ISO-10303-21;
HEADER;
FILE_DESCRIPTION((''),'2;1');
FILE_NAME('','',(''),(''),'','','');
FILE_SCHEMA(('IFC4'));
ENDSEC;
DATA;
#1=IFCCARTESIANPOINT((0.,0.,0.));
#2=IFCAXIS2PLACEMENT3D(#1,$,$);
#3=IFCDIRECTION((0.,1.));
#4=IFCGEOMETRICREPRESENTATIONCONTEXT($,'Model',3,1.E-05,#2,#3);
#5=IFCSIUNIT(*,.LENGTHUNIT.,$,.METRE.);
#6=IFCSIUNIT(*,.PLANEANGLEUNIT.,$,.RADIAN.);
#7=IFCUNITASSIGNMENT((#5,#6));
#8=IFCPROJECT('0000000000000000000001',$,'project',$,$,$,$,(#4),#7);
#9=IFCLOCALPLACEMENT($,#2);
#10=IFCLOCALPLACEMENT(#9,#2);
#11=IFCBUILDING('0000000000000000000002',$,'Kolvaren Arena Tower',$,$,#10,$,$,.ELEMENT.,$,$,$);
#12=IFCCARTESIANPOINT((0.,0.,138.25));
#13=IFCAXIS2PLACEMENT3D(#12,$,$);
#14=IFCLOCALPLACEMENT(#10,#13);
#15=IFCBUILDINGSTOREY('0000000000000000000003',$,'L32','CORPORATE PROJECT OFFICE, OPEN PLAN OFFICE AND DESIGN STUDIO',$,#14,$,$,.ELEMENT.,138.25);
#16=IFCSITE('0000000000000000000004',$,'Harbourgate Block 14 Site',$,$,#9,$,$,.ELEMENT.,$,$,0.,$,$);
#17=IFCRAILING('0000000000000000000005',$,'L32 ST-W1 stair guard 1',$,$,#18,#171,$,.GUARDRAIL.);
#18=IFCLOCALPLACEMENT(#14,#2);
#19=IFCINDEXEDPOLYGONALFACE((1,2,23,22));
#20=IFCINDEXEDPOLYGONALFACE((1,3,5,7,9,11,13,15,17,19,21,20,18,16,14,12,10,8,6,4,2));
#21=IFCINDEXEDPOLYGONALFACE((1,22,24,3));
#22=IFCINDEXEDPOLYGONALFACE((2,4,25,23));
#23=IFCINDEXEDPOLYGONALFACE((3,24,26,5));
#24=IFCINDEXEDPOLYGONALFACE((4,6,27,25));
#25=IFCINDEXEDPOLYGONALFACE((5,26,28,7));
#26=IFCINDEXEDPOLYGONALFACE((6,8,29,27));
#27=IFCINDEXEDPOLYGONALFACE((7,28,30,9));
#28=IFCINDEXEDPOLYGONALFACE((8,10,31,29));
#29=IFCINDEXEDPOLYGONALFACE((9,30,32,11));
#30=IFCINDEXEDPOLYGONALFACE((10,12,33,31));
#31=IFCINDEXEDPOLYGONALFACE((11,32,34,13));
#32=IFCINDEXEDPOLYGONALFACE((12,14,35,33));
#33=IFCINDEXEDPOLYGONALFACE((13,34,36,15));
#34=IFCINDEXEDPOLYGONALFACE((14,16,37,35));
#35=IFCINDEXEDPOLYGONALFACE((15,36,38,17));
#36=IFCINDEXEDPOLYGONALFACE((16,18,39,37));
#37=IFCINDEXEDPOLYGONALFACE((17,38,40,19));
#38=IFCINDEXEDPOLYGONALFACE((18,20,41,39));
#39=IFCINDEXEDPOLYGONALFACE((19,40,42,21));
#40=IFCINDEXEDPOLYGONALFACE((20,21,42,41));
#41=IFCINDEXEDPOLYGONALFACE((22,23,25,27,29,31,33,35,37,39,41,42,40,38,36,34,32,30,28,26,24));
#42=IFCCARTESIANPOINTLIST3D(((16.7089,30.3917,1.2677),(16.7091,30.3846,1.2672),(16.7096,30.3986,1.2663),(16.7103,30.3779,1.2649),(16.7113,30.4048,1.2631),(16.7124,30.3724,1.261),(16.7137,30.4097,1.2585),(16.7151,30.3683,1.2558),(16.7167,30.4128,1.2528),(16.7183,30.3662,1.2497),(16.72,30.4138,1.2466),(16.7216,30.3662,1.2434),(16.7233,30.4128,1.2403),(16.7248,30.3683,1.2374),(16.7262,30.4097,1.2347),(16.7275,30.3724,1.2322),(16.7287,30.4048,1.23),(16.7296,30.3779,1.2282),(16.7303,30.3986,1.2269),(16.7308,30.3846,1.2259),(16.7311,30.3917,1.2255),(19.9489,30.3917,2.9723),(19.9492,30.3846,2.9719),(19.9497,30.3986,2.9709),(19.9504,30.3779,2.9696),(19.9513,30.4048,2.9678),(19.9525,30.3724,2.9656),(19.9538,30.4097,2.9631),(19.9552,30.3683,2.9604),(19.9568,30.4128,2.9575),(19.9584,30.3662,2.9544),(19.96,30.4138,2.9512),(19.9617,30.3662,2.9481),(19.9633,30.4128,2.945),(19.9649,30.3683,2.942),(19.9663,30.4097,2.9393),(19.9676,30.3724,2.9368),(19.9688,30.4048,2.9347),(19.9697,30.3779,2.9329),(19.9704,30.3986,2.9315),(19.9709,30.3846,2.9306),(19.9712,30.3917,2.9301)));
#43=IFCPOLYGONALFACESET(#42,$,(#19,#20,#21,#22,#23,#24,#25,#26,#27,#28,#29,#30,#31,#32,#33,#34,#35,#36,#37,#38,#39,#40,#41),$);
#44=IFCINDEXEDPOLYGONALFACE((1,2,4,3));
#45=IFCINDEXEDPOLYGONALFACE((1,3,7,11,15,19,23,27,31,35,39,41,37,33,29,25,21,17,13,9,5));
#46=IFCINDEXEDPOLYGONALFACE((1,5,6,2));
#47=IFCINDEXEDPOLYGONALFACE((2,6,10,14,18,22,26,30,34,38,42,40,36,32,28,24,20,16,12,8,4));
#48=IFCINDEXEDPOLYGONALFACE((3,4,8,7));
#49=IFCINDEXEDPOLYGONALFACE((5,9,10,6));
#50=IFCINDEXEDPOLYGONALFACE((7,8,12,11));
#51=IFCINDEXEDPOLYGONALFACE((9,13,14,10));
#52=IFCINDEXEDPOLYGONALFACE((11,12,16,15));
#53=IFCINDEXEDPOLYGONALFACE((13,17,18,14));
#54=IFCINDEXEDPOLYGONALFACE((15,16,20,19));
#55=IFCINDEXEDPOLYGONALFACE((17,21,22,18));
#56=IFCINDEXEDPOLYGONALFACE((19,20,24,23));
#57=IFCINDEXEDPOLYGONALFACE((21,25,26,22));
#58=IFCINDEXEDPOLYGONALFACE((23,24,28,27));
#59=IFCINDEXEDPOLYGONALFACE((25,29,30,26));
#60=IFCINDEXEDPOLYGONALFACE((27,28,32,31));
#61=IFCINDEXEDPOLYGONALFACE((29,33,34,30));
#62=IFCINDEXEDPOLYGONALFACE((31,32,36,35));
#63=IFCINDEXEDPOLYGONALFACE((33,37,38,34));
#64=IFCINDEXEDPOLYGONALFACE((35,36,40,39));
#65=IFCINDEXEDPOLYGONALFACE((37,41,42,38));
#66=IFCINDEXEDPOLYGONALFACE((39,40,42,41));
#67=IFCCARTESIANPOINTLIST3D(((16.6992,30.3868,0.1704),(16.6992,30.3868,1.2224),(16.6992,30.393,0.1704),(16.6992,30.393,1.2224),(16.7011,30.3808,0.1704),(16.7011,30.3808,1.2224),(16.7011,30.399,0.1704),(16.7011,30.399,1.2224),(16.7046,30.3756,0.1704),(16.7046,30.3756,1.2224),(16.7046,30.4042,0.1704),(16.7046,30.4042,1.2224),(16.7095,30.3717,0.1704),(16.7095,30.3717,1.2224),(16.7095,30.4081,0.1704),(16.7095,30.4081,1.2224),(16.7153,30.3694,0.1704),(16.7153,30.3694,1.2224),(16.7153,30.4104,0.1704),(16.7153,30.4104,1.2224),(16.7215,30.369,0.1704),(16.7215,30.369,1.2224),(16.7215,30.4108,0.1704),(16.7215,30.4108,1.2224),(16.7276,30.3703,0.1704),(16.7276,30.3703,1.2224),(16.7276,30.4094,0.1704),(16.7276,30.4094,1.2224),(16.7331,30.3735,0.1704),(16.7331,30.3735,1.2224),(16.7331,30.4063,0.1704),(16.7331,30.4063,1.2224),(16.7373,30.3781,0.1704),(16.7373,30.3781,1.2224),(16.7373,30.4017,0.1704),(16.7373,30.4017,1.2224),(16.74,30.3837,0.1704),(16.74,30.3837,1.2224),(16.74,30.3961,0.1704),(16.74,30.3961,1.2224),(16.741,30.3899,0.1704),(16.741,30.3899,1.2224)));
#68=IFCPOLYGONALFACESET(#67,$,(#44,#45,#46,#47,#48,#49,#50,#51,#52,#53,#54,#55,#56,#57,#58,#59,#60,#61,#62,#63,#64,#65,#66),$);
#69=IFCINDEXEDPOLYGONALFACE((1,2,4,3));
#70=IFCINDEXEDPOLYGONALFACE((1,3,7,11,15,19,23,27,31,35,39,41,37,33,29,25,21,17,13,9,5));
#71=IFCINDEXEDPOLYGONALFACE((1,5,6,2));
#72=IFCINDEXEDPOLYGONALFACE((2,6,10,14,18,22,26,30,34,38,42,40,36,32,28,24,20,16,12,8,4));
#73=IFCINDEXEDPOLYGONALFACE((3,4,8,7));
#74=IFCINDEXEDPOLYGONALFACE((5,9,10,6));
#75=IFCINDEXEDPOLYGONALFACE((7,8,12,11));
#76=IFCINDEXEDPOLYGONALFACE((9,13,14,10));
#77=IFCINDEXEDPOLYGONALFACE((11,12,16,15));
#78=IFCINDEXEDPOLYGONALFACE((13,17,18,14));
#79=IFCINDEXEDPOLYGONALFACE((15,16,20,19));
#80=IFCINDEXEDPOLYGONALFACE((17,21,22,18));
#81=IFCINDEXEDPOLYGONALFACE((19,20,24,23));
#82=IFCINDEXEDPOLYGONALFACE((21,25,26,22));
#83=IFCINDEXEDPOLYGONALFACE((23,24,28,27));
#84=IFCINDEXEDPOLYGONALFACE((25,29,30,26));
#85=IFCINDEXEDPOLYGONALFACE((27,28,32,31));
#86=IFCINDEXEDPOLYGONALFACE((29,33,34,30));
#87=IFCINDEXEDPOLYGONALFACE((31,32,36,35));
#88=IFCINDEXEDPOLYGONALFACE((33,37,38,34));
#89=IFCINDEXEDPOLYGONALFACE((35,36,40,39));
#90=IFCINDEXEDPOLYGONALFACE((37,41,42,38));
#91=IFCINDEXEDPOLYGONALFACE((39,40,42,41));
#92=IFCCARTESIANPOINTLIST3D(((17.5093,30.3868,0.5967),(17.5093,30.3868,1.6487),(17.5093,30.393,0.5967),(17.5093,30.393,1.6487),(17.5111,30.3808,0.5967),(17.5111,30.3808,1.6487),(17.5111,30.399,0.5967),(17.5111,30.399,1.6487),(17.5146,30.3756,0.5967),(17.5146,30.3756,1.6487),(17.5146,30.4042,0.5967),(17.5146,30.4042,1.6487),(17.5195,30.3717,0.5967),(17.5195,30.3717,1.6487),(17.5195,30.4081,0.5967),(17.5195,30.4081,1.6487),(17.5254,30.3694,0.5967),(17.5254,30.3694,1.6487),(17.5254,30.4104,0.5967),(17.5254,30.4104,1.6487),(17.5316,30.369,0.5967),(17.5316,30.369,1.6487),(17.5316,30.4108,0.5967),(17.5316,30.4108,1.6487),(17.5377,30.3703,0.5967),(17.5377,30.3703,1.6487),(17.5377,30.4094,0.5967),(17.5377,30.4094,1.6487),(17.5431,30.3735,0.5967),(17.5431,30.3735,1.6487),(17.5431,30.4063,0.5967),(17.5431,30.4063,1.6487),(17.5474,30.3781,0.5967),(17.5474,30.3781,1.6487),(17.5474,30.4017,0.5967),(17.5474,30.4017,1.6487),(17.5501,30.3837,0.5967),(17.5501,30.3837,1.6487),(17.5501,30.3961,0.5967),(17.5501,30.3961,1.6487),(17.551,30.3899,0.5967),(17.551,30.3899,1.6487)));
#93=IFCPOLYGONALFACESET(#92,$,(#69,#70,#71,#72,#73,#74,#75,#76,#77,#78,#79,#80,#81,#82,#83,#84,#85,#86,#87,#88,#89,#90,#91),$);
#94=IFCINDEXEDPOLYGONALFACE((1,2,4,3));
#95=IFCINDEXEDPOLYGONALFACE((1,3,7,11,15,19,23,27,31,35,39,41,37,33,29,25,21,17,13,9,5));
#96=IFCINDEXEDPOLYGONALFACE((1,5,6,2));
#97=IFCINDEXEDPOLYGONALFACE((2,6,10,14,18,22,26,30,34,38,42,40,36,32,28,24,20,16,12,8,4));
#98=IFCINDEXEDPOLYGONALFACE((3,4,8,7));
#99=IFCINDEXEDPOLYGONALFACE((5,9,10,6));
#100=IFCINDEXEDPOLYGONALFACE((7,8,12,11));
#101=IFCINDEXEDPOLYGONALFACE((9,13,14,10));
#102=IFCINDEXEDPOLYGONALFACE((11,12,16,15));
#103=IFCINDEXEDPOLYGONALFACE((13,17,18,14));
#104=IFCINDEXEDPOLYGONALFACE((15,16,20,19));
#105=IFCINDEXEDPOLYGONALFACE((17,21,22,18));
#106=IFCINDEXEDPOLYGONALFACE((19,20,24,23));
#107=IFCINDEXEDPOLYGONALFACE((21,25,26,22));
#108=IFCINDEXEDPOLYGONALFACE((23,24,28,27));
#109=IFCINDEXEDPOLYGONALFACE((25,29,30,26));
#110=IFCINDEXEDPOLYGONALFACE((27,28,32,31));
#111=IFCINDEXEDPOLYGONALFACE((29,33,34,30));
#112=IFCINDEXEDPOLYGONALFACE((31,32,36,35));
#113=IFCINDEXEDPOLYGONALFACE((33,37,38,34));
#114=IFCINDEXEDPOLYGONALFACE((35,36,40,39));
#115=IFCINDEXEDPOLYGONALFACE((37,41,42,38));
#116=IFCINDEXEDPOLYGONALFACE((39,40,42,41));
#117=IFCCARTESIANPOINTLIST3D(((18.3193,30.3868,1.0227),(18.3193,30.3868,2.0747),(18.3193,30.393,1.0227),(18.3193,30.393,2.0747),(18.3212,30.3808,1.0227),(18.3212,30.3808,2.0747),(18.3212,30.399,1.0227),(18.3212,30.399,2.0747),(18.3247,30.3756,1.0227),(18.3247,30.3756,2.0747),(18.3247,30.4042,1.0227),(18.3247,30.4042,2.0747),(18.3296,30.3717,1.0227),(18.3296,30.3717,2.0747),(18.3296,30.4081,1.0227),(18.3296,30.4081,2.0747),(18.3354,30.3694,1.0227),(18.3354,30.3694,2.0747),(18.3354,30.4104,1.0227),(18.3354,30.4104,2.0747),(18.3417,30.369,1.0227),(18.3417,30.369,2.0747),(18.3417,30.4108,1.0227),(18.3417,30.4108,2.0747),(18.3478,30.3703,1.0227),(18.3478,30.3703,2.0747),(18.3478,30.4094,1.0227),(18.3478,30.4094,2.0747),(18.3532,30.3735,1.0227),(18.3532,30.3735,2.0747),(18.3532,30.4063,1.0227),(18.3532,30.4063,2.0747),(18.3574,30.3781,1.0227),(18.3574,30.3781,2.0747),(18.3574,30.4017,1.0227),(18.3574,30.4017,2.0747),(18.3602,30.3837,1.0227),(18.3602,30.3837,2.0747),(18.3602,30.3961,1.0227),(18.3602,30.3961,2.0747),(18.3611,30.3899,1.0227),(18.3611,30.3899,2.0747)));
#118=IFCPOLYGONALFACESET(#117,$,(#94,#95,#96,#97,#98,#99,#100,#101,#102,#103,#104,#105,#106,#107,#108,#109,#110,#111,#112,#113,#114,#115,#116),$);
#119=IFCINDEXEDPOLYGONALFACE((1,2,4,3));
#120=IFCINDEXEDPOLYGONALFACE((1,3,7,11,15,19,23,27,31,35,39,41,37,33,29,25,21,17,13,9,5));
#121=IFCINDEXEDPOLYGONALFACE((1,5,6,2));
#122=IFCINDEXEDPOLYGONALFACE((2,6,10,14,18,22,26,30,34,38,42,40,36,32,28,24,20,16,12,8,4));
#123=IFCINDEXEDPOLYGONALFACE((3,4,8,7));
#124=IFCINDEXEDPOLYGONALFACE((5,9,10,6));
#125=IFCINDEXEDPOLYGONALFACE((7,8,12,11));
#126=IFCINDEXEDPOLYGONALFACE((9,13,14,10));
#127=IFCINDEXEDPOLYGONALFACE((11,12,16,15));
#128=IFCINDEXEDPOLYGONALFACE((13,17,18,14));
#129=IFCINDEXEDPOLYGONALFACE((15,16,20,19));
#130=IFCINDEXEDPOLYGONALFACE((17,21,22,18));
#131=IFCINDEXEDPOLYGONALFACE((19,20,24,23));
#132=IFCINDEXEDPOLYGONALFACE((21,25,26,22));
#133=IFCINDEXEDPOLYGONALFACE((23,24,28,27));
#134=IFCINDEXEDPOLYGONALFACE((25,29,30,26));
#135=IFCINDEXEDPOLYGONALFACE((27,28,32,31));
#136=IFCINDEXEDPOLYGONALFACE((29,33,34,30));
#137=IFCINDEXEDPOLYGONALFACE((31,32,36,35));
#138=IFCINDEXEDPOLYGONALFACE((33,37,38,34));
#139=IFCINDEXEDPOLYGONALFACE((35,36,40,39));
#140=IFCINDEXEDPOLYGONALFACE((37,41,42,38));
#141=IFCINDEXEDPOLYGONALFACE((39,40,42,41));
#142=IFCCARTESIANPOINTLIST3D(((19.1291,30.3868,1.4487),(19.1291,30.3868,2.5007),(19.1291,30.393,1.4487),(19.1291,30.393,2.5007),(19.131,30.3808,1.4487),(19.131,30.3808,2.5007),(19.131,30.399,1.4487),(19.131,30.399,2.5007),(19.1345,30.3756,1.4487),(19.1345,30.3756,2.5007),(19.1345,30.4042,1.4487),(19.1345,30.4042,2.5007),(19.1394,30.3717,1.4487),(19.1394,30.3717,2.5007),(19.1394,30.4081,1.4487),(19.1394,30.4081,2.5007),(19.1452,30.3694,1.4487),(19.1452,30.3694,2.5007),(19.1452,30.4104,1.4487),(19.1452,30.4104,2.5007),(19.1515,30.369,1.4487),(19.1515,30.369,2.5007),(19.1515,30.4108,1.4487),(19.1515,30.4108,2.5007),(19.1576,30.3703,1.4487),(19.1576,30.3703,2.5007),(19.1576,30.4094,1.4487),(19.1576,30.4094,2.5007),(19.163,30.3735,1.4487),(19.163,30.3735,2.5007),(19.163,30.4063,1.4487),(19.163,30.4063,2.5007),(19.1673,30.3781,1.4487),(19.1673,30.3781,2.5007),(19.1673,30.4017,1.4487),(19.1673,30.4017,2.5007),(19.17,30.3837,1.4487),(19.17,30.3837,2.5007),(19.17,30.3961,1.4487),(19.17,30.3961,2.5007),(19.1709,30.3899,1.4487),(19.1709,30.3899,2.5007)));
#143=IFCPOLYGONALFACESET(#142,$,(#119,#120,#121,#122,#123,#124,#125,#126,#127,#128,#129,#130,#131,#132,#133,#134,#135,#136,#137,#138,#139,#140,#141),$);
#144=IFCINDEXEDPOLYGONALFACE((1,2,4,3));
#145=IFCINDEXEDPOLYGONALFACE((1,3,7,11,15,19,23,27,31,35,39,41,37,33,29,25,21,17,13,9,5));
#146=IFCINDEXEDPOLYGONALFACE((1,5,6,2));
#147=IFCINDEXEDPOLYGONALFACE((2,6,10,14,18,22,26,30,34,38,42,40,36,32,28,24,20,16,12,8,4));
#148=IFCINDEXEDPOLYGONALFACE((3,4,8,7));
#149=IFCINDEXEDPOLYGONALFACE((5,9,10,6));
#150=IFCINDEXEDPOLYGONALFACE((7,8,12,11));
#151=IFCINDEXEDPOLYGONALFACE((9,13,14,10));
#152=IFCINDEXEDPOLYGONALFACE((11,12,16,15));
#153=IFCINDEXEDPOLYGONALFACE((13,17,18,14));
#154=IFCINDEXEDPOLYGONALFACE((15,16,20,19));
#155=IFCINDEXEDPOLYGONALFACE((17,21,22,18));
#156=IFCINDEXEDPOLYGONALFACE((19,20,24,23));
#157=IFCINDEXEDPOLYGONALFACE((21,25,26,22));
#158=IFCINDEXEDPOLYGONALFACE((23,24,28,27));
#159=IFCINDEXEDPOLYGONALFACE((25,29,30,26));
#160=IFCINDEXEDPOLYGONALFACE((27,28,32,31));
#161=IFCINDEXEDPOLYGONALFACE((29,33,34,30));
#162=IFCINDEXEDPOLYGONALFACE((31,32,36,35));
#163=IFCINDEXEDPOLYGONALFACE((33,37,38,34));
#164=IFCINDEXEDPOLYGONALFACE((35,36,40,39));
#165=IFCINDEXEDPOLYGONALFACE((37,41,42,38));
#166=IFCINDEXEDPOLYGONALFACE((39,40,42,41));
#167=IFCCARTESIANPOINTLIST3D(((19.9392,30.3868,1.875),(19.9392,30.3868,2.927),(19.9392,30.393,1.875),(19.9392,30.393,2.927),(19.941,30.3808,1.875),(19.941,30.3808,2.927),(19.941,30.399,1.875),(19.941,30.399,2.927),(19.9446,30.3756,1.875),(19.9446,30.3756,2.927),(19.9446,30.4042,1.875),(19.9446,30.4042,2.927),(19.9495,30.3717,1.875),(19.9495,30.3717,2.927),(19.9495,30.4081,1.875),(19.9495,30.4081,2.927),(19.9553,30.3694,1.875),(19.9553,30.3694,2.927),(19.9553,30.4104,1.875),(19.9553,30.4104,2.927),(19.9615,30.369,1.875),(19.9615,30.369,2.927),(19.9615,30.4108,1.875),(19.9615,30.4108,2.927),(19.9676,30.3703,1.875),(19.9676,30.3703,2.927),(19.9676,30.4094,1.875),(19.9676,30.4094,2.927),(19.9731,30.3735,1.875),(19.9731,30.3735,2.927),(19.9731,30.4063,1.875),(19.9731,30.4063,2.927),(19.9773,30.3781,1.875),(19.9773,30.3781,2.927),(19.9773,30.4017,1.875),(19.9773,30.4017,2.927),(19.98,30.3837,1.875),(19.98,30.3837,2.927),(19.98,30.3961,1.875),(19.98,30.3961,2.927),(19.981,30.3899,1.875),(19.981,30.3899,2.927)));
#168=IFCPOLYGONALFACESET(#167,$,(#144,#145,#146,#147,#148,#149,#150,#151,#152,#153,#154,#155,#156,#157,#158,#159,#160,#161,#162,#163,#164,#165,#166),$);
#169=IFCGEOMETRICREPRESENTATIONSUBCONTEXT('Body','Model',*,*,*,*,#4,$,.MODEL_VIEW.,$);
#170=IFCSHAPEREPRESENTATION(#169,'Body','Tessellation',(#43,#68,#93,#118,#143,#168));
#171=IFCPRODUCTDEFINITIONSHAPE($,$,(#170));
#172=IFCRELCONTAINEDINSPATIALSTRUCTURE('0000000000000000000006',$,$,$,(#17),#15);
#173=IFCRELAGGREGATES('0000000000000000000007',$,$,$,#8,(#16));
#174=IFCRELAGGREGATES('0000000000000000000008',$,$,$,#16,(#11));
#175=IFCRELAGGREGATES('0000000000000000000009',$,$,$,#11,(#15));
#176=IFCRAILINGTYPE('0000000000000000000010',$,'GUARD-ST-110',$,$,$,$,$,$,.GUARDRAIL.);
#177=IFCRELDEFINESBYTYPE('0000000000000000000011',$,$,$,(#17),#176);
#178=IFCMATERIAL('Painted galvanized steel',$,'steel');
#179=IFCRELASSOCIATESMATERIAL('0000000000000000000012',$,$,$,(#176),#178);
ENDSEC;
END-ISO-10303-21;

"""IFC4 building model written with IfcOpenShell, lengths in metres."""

from ifc_helpers import new_model, si_unit, direction, frame, origin, origin_2d, place, context, subcontext, project, spatial, circle, extrude, material, type_object, element, save


model = new_model("IFC4")

# Units and contexts
model_context = context("Model", 3, precision=1e-05, world=origin(), true_north=direction((0.0, 1.0)))
body_context = subcontext(model_context, "Body", "Model", "MODEL_VIEW")
ifc_project = project(units=[si_unit("LENGTHUNIT", "METRE"), si_unit("PLANEANGLEUNIT", "RADIAN")], contexts=[model_context])

# Site, building, storey
site_placement = place(None, origin())
site = spatial("IfcSite", under=ifc_project, at=site_placement, Name="Harbourgate Block 14 Site", CompositionType="ELEMENT", RefElevation=0.0)
building_placement = place(site_placement, origin())
building = spatial("IfcBuilding", under=site, at=building_placement, Name="Kolvaren Arena Tower", CompositionType="ELEMENT")
storey_placement = place(building_placement, frame((0.0, 0.0, 138.25)))
storey = spatial("IfcBuildingStorey", under=building, at=storey_placement, Name="L32", Description="CORPORATE PROJECT OFFICE, OPEN PLAN OFFICE AND DESIGN STUDIO", CompositionType="ELEMENT", Elevation=138.25)

# Railing
ifc_material_1 = material(Name="Painted galvanized steel", Category="steel")
railing_type_1 = type_object("IfcRailingType", Name="GUARD-ST-110", PredefinedType="GUARDRAIL", material=ifc_material_1)
railing_1_placement = place(storey_placement, frame((16.72, 30.3899, 0.1704)))
element("IfcRailing", 1, at=railing_1_placement, inside=storey, type_object=railing_type_1, Name="L32 ST-W1 stair guard 1", PredefinedType="GUARDRAIL", context=body_context, shape_type="SweptSolid", body=[
    extrude(circle(Radius=0.0239, at=origin_2d()), frame((0.0, 0.0, 1.0762), z_axis=(0.884993, 0.0, 0.465604), x_axis=(0.0, 1.0, 0.0)), (0.0, 0.0, 1.0), 3.6611),
    extrude(circle(Radius=0.021, at=origin_2d()), origin(), (0.0, 0.0, 1.0), 1.052),
    extrude(circle(Radius=0.021, at=origin_2d()), frame((0.8101, 0.0, 0.4263)), (0.0, 0.0, 1.0), 1.052),
    extrude(circle(Radius=0.021, at=origin_2d()), frame((1.6201, 0.0, 0.8523)), (0.0, 0.0, 1.0), 1.052),
    extrude(circle(Radius=0.021, at=origin_2d()), frame((2.4299, 0.0, 1.2783)), (0.0, 0.0, 1.0), 1.052),
    extrude(circle(Radius=0.021, at=origin_2d()), frame((3.24, 0.0, 1.7046)), (0.0, 0.0, 1.0), 1.052),
])

save(model, "model.ifc")
